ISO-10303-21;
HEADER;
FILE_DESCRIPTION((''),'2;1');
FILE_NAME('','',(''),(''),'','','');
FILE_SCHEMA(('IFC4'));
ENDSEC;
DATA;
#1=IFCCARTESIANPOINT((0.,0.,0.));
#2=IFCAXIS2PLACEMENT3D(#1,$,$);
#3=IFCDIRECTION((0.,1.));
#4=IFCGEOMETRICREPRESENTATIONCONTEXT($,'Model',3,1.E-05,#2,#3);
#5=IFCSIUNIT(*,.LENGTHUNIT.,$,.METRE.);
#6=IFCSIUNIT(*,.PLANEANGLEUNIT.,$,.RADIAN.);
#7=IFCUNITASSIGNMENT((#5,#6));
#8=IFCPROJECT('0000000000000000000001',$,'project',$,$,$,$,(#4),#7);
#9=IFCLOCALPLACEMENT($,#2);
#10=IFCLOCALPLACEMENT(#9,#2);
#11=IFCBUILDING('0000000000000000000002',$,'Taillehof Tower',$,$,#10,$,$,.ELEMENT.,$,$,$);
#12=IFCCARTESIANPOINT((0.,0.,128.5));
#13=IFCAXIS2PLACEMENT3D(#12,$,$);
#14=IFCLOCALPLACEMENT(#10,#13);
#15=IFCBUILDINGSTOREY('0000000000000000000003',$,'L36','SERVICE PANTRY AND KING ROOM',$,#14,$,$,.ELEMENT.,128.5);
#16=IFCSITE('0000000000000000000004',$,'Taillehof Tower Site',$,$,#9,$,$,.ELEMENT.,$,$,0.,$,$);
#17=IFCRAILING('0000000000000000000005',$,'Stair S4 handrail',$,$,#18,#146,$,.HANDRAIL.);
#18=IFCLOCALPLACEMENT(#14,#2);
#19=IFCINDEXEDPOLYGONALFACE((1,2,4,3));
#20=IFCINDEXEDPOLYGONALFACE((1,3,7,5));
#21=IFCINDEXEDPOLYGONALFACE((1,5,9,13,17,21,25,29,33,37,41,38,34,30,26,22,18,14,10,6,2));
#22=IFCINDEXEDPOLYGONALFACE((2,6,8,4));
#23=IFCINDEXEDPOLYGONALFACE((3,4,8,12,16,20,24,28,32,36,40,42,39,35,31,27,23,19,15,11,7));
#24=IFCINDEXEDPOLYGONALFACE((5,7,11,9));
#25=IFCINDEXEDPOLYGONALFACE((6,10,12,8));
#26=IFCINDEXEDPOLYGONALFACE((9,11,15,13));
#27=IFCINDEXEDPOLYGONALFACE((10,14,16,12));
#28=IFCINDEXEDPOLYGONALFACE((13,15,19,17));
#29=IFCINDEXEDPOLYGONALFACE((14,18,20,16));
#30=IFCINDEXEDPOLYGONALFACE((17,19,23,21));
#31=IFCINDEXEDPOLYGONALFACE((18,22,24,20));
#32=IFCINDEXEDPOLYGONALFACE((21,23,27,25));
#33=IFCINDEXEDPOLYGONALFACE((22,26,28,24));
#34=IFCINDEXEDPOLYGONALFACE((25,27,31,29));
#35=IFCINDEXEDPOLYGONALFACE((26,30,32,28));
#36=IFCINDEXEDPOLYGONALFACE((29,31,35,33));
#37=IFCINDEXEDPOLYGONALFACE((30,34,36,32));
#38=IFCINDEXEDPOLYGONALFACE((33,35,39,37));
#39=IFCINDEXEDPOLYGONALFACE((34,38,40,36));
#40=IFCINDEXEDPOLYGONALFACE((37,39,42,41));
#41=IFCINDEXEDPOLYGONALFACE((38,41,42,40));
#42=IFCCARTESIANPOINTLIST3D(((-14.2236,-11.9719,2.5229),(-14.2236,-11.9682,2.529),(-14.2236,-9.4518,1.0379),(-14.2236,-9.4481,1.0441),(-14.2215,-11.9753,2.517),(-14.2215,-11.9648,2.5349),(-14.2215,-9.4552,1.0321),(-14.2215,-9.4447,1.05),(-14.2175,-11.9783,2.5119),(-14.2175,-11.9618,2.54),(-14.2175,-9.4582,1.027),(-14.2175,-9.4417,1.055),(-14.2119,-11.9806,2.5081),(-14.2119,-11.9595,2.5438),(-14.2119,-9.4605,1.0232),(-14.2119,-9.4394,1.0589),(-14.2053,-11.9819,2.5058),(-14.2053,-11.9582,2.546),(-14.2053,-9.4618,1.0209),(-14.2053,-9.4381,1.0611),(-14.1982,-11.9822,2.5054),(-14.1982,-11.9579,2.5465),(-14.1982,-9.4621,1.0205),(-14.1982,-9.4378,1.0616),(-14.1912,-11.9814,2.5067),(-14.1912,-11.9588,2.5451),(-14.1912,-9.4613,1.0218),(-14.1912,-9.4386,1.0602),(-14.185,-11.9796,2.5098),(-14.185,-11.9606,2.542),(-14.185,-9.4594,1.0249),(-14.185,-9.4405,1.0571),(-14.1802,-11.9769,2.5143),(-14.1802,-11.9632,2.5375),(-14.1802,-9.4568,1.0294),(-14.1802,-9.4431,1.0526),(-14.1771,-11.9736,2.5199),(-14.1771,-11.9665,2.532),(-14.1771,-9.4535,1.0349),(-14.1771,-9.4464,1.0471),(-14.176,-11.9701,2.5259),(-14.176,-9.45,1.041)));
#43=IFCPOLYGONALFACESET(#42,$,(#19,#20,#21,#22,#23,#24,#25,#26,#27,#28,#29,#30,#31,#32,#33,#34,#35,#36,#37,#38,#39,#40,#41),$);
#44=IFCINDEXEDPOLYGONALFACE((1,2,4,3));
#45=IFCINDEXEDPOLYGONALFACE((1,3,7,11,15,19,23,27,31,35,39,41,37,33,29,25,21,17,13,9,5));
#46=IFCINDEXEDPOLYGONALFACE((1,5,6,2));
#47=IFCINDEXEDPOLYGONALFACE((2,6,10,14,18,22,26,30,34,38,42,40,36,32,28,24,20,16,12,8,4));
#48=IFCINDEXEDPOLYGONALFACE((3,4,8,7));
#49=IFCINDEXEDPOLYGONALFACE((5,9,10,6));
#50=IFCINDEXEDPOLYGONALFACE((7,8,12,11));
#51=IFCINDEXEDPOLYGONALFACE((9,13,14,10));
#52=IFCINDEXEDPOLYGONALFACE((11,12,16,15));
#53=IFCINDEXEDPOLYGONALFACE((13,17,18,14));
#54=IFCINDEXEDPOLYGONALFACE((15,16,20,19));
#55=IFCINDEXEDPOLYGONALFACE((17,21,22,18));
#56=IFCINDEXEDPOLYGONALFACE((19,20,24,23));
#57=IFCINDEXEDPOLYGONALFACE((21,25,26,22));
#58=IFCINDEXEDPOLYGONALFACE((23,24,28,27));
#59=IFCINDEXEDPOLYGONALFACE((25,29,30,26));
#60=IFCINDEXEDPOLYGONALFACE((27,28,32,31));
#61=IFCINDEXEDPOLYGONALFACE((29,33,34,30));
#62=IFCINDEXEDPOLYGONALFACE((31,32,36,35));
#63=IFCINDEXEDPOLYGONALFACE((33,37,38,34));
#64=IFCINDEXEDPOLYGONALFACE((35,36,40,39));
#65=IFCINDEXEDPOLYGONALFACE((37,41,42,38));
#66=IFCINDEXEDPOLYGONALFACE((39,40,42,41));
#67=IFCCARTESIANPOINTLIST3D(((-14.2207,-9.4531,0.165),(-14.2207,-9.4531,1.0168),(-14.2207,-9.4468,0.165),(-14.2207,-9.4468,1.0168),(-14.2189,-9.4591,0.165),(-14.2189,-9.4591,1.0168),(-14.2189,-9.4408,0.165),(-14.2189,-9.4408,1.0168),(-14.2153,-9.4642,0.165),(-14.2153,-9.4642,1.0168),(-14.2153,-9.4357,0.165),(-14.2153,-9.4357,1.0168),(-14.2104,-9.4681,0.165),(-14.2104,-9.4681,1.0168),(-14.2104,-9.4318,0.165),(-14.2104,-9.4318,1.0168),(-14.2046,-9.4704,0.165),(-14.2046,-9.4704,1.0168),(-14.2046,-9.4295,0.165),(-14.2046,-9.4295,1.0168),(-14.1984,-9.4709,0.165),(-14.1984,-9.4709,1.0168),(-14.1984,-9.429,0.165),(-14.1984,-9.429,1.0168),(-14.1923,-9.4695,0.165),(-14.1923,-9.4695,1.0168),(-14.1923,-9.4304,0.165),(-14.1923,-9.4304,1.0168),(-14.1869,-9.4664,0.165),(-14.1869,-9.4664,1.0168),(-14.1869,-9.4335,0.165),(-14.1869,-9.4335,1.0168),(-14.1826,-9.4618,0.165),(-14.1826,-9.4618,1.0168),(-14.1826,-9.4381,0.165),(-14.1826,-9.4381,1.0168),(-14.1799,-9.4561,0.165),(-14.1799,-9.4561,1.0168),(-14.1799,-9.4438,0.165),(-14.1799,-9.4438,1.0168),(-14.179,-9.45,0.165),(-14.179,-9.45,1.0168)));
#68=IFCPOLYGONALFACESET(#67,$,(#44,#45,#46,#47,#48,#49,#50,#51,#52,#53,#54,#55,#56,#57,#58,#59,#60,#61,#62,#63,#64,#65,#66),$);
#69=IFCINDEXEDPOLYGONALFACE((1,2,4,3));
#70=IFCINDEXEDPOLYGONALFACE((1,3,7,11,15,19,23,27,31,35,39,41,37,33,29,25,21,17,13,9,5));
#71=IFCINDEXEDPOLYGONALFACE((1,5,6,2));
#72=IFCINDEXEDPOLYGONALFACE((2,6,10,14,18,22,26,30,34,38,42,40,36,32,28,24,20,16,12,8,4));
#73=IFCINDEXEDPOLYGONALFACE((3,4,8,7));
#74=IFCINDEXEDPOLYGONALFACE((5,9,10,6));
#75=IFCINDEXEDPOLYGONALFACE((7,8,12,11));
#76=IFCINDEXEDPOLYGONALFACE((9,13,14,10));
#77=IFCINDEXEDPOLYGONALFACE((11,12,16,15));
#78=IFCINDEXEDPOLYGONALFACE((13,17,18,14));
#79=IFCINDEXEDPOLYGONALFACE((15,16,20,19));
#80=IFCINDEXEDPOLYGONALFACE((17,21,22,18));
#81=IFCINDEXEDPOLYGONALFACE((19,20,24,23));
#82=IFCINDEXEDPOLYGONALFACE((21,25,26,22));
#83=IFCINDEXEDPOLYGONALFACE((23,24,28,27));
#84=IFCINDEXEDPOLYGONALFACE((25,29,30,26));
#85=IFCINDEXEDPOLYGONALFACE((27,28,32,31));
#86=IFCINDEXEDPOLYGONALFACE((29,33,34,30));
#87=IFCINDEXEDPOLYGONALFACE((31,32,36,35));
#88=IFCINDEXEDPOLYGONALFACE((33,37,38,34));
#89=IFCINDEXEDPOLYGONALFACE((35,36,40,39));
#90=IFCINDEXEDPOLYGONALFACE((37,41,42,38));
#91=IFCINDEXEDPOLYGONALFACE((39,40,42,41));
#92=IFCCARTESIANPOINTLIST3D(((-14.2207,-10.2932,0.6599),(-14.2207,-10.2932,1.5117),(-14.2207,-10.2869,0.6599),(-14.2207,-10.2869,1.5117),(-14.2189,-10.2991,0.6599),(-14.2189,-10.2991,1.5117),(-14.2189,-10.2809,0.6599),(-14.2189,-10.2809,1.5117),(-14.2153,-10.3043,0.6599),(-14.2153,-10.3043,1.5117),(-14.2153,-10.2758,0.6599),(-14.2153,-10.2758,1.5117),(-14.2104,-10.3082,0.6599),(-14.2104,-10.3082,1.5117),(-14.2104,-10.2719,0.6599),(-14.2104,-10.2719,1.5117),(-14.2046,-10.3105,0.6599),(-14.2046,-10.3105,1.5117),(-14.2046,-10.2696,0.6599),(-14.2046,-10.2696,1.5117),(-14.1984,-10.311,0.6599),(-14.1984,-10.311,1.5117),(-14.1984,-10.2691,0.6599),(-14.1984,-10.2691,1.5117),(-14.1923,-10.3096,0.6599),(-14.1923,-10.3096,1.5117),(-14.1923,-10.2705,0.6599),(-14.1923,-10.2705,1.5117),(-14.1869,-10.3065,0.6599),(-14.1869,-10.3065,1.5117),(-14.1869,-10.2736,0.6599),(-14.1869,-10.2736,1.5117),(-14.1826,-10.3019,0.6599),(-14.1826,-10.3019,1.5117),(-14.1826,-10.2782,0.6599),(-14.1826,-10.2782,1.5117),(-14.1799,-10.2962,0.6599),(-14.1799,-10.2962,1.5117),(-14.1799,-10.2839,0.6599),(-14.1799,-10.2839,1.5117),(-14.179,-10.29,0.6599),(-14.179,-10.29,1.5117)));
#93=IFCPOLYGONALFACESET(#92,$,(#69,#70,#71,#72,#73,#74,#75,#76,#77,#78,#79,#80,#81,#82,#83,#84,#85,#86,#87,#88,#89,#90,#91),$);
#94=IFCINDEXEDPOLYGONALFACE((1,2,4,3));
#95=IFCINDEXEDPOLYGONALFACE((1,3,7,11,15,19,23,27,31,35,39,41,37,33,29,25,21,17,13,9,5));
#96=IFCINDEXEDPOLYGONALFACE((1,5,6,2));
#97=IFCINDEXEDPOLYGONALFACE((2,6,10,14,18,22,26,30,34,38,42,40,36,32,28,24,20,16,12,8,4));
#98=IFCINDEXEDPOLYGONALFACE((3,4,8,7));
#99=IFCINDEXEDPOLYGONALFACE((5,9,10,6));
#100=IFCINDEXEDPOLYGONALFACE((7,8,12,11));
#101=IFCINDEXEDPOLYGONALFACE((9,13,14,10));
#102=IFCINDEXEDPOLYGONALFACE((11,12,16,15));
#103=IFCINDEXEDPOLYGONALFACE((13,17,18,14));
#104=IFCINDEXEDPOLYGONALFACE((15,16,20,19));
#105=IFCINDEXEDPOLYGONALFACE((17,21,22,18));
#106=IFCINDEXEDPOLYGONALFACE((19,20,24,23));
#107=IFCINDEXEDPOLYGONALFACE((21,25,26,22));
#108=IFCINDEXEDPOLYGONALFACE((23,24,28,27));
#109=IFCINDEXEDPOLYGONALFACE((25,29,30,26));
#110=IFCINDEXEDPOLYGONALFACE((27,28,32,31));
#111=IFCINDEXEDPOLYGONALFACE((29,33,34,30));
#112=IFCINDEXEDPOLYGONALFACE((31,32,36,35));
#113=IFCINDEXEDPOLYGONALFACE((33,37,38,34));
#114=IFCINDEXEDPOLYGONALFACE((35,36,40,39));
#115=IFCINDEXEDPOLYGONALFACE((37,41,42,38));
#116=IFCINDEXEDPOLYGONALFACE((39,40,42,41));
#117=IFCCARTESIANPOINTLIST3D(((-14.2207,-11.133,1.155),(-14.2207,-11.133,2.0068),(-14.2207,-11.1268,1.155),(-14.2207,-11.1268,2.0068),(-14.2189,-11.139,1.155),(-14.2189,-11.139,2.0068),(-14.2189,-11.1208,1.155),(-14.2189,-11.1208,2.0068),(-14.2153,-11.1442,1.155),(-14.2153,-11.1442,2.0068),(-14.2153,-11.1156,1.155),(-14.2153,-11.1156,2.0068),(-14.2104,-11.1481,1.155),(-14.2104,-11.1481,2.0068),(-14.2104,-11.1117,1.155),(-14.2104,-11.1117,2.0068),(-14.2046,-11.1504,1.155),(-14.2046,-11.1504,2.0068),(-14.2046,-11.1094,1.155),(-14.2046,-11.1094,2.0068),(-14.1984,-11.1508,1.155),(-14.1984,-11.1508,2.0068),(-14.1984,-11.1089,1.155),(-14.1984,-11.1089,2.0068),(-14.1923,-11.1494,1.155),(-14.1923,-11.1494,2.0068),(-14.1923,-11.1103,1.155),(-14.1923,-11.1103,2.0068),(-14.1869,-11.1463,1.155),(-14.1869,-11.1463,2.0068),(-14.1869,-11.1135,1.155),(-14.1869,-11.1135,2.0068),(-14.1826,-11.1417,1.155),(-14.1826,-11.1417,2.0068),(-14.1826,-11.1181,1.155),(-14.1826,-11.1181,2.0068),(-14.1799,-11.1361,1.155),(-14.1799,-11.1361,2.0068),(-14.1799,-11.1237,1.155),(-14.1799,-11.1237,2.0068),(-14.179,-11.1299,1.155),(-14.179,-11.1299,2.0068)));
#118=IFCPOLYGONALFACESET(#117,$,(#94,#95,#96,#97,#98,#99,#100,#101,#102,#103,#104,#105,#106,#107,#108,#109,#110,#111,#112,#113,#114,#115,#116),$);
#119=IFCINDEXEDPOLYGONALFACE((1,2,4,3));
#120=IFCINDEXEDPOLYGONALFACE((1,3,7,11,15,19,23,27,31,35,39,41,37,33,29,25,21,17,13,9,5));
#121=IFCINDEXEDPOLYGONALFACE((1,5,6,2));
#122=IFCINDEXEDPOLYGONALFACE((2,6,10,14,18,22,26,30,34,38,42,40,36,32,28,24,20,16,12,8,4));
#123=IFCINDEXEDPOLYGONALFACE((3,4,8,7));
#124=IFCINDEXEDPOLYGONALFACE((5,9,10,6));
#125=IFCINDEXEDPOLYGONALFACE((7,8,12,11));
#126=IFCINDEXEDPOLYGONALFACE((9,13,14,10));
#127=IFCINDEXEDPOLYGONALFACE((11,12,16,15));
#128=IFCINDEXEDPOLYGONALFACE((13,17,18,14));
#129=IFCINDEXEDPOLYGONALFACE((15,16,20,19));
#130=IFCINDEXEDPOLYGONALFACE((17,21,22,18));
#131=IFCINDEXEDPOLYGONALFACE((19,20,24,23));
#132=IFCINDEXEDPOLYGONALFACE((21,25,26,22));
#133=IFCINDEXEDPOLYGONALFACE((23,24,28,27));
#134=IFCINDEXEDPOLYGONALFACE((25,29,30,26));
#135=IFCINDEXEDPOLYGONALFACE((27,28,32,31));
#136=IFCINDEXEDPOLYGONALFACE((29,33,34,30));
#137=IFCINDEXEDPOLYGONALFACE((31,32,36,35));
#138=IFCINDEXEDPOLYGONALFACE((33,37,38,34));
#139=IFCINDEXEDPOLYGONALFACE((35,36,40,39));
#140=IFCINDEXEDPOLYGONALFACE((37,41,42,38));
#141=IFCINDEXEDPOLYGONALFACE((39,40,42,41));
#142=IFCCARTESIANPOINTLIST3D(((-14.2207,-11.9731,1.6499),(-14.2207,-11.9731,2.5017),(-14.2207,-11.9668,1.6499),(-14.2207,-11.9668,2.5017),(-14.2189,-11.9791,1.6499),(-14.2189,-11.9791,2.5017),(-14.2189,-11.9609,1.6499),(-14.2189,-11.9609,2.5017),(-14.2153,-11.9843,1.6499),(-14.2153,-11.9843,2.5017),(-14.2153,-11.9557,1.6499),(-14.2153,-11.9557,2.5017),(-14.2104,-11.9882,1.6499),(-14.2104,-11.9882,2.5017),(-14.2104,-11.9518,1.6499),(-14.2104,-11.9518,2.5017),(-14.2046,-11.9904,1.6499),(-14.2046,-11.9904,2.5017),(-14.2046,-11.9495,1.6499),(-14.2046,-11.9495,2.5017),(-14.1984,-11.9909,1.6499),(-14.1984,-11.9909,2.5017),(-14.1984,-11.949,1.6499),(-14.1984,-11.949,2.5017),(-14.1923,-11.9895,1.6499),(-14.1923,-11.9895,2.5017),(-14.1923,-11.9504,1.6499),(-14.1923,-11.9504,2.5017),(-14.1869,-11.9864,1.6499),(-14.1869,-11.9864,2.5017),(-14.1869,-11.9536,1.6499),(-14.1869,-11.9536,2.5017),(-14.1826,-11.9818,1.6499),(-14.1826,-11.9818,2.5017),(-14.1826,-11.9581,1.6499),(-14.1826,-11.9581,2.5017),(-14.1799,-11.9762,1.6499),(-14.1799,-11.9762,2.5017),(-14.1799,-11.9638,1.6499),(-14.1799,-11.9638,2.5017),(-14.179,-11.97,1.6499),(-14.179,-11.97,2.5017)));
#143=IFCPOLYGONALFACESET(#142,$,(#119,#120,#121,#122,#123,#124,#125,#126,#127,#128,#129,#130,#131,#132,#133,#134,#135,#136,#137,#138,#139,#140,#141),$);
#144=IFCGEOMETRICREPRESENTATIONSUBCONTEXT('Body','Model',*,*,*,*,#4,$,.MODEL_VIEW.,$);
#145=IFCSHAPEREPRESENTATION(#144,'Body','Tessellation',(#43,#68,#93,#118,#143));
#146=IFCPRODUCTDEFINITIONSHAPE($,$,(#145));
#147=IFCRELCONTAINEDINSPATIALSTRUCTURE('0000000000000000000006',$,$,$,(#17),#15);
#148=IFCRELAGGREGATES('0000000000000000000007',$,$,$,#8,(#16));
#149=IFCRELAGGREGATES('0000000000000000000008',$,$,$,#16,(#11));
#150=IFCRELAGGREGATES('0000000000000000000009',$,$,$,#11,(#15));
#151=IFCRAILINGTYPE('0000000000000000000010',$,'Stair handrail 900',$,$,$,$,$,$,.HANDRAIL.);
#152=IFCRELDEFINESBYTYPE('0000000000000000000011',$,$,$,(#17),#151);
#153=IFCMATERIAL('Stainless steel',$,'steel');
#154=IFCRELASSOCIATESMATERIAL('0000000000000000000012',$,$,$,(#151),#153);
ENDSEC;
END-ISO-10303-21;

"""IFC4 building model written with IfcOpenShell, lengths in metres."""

from ifc_helpers import new_model, si_unit, direction, frame, origin, origin_2d, place, context, subcontext, project, spatial, circle, extrude, material, type_object, element, save


model = new_model("IFC4")

# Units and contexts
model_context = context("Model", 3, precision=1e-05, world=origin(), true_north=direction((0.0, 1.0)))
body_context = subcontext(model_context, "Body", "Model", "MODEL_VIEW")
ifc_project = project(units=[si_unit("LENGTHUNIT", "METRE"), si_unit("PLANEANGLEUNIT", "RADIAN")], contexts=[model_context])

# Site, building, storey
site_placement = place(None, origin())
site = spatial("IfcSite", under=ifc_project, at=site_placement, Name="Taillehof Tower Site", CompositionType="ELEMENT", RefElevation=0.0)
building_placement = place(site_placement, origin())
building = spatial("IfcBuilding", under=site, at=building_placement, Name="Taillehof Tower", CompositionType="ELEMENT")
storey_placement = place(building_placement, frame((0.0, 0.0, 128.5)))
storey = spatial("IfcBuildingStorey", under=building, at=storey_placement, Name="L36", Description="SERVICE PANTRY AND KING ROOM", CompositionType="ELEMENT", Elevation=128.5)

# Railing
ifc_material_1 = material(Name="Stainless steel", Category="steel")
railing_type = type_object("IfcRailingType", Name="Stair handrail 900", PredefinedType="HANDRAIL", material=ifc_material_1)
railing_1_placement = place(storey_placement, frame((-14.2, -9.45, 0.165)))
element("IfcRailing", 1, at=railing_1_placement, inside=storey, type_object=railing_type, Name="Stair S4 handrail", PredefinedType="HANDRAIL", context=body_context, shape_type="SweptSolid", body=[
    extrude(circle(Radius=0.0239, at=origin_2d()), frame((0.0, 0.0, 0.876), z_axis=(0.0, -0.861561, 0.507655), x_axis=(1.0, 0.0, 0.0)), (0.0, 0.0, 1.0), 2.925),
    extrude(circle(Radius=0.021, at=origin_2d()), origin(), (0.0, 0.0, 1.0), 0.8518),
    extrude(circle(Radius=0.021, at=origin_2d()), frame((0.0, -0.8401, 0.4949)), (0.0, 0.0, 1.0), 0.8518),
    extrude(circle(Radius=0.021, at=origin_2d()), frame((0.0, -1.6799, 0.99)), (0.0, 0.0, 1.0), 0.8518),
    extrude(circle(Radius=0.021, at=origin_2d()), frame((0.0, -2.52, 1.4849)), (0.0, 0.0, 1.0), 0.8518),
])

save(model, "model.ifc")
